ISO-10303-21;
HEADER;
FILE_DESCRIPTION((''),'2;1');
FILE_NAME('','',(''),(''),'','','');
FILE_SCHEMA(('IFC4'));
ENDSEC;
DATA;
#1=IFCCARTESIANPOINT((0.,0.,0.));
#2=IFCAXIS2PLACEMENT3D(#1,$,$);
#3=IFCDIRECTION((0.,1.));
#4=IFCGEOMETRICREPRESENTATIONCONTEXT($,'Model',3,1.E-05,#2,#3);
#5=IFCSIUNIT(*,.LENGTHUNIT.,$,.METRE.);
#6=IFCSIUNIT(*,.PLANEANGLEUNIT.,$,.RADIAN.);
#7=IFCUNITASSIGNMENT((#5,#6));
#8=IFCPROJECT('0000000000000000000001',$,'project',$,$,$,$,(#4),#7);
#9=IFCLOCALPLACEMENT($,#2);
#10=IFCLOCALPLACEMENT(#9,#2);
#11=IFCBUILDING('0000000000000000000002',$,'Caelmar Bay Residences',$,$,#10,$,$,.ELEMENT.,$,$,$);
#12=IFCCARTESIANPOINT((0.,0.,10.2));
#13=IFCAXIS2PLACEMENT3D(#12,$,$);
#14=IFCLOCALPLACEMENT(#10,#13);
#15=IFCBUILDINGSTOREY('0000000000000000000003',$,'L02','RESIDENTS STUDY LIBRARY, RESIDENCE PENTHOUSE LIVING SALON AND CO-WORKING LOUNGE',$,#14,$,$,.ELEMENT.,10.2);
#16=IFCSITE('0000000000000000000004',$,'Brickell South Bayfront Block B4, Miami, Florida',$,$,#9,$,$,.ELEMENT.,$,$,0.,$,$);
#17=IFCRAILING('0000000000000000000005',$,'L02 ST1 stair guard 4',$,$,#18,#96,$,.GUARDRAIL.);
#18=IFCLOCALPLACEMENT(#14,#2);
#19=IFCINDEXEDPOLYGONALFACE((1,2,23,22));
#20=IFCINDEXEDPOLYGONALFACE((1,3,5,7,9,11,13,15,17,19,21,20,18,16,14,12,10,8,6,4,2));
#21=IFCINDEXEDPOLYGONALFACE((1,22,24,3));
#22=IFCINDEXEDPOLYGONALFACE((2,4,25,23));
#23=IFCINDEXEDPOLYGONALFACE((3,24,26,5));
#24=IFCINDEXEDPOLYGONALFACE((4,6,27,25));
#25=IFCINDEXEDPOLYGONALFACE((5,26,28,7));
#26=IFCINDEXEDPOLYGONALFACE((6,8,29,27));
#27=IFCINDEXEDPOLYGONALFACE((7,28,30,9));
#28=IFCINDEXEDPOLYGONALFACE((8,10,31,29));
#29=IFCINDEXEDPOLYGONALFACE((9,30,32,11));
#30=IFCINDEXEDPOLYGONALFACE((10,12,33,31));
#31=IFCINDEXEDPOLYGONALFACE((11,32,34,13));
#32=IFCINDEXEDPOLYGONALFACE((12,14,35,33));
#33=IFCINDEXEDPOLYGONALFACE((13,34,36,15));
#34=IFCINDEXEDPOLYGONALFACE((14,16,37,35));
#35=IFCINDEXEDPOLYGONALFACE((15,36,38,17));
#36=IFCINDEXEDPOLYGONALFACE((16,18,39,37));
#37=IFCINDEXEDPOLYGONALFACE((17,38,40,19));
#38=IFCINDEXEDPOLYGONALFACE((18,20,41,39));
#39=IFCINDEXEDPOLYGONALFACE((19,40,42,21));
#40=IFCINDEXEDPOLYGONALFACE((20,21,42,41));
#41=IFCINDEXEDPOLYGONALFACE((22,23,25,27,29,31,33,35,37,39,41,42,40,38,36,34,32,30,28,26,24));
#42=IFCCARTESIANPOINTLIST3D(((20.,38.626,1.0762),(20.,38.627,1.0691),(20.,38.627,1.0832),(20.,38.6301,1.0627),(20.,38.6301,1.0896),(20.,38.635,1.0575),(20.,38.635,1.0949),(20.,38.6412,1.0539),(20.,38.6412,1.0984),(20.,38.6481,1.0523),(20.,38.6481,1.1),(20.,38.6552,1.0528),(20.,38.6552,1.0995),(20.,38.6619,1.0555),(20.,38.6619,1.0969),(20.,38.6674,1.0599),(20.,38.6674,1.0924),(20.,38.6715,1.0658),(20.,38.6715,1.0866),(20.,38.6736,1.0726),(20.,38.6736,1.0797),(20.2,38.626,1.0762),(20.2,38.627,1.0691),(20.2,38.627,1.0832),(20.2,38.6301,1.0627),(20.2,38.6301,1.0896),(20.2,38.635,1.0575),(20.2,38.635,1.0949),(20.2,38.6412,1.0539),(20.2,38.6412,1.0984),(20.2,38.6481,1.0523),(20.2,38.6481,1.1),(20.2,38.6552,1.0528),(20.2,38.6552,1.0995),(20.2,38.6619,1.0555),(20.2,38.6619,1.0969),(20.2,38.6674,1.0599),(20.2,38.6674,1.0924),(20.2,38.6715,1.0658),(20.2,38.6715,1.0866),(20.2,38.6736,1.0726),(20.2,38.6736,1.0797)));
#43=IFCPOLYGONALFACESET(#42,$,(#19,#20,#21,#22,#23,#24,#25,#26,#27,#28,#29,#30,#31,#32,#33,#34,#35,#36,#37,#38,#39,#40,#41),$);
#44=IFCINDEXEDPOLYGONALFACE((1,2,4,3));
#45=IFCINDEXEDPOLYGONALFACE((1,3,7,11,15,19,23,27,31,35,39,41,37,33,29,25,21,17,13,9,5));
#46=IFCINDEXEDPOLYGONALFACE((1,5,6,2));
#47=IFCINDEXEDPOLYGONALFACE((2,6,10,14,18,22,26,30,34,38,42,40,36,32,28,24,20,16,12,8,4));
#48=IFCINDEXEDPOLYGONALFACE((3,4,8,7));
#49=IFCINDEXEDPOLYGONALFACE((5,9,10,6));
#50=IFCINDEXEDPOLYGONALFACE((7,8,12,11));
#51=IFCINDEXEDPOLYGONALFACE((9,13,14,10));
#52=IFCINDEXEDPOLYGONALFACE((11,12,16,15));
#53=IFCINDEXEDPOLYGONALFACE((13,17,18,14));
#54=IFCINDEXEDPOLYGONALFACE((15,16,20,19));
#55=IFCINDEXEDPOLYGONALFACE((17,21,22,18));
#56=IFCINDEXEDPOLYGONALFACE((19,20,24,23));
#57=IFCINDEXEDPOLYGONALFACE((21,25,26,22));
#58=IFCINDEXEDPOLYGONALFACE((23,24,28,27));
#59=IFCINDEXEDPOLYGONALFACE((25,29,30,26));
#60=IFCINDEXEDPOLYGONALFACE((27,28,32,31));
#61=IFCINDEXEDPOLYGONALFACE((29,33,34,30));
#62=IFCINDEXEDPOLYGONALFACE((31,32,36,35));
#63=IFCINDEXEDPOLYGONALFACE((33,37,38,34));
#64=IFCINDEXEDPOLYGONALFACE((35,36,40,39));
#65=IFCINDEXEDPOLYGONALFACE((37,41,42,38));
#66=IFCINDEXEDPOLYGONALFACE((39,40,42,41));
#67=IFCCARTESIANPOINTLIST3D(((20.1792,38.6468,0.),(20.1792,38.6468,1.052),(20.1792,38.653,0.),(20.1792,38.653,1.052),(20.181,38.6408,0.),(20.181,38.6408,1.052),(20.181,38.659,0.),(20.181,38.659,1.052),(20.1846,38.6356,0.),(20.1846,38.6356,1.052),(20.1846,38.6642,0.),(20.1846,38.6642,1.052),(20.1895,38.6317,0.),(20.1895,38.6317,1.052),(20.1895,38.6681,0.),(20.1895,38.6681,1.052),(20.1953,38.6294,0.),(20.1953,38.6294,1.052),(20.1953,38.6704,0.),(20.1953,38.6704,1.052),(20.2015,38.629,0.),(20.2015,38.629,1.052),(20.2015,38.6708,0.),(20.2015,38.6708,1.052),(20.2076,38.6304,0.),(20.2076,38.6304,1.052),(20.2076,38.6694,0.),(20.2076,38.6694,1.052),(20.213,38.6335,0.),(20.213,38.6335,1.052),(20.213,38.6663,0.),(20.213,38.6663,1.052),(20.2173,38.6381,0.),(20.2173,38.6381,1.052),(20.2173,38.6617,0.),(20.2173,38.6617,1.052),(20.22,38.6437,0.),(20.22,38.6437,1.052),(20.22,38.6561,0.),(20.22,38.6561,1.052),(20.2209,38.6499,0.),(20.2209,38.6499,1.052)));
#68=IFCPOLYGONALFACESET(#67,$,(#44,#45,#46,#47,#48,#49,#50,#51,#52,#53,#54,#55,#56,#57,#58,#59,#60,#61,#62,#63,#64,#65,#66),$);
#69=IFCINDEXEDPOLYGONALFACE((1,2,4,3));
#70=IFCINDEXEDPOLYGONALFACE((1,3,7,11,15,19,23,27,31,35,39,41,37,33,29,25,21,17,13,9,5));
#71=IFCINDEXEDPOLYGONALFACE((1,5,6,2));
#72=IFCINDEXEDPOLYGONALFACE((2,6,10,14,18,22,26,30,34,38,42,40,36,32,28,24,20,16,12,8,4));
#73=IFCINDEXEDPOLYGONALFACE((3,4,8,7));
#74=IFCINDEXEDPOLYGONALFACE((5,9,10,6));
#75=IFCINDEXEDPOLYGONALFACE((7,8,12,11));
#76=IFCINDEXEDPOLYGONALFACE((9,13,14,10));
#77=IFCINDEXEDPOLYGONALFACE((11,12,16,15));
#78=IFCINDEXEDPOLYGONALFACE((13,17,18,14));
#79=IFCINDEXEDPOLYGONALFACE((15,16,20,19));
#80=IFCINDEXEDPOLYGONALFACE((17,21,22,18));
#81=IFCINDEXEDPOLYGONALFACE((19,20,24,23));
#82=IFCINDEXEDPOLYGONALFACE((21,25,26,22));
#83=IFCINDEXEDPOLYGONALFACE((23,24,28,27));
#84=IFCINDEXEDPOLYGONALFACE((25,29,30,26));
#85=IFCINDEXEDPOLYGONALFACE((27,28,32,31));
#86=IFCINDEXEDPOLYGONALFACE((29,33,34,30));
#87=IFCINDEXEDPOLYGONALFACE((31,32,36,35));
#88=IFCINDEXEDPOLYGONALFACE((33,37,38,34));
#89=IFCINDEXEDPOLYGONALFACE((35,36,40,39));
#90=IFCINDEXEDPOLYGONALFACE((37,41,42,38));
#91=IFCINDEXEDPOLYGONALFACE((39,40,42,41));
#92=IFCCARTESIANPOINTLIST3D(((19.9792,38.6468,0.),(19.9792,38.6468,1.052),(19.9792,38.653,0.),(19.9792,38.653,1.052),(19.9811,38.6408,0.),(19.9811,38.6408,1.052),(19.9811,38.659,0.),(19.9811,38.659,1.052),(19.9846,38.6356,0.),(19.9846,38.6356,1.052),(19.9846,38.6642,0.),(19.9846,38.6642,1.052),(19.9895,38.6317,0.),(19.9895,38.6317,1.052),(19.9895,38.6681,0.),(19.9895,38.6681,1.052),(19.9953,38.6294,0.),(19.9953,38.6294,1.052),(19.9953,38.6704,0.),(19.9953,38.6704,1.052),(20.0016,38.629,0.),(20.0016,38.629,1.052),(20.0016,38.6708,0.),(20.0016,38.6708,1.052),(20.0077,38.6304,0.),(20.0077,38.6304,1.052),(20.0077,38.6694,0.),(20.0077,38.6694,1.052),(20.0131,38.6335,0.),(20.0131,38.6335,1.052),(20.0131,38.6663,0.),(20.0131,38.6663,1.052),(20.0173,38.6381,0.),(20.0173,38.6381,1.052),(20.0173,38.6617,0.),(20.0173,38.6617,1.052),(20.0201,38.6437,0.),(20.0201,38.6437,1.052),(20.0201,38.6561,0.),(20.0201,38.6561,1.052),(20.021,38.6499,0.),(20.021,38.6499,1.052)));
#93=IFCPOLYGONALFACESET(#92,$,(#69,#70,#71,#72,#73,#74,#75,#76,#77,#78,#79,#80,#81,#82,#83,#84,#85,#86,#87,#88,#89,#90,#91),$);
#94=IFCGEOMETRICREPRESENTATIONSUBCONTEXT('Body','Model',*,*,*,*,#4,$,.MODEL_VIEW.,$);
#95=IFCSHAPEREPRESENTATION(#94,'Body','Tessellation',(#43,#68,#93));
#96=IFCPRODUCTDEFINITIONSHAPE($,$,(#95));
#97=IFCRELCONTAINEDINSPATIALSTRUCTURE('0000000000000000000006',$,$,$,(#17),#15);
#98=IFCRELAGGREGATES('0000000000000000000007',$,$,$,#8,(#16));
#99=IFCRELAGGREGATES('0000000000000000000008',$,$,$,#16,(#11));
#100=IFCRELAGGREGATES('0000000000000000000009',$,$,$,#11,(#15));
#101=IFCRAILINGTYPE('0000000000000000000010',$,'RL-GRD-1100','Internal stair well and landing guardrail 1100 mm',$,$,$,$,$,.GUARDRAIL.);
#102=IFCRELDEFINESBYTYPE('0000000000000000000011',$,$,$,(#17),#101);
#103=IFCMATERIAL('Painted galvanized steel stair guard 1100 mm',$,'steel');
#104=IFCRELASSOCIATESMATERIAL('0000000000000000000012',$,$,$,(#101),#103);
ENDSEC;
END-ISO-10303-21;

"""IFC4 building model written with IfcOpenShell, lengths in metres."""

from ifc_helpers import new_model, si_unit, direction, frame, origin, origin_2d, place, context, subcontext, project, spatial, circle, extrude, material, type_object, element, save


model = new_model("IFC4")

# Units and contexts
model_context = context("Model", 3, precision=1e-05, world=origin(), true_north=direction((0.0, 1.0)))
body_context = subcontext(model_context, "Body", "Model", "MODEL_VIEW")
ifc_project = project(units=[si_unit("LENGTHUNIT", "METRE"), si_unit("PLANEANGLEUNIT", "RADIAN")], contexts=[model_context])

# Site, building, storey
site_placement = place(None, origin())
site = spatial("IfcSite", under=ifc_project, at=site_placement, Name="Brickell South Bayfront Block B4, Miami, Florida", CompositionType="ELEMENT", RefElevation=0.0)
building_placement = place(site_placement, origin())
building = spatial("IfcBuilding", under=site, at=building_placement, Name="Caelmar Bay Residences", CompositionType="ELEMENT")
storey_placement = place(building_placement, frame((0.0, 0.0, 10.2)))
storey = spatial("IfcBuildingStorey", under=building, at=storey_placement, Name="L02", Description="RESIDENTS STUDY LIBRARY, RESIDENCE PENTHOUSE LIVING SALON AND CO-WORKING LOUNGE", CompositionType="ELEMENT", Elevation=10.2)

# Railing
ifc_material_1 = material(Name="Painted galvanized steel stair guard 1100 mm", Category="steel")
railing_type_1 = type_object("IfcRailingType", Name="RL-GRD-1100", Description="Internal stair well and landing guardrail 1100 mm", PredefinedType="GUARDRAIL", material=ifc_material_1)
railing_1_placement = place(storey_placement, frame((20.2, 38.6499, 0.0)))
element("IfcRailing", 1, at=railing_1_placement, inside=storey, type_object=railing_type_1, Name="L02 ST1 stair guard 4", PredefinedType="GUARDRAIL", context=body_context, shape_type="SweptSolid", body=[
    extrude(circle(Radius=0.0239, at=origin_2d()), frame((0.0, 0.0, 1.0762), z_axis=(-1.0, 0.0, 0.0), x_axis=(0.0, -1.0, 0.0)), (0.0, 0.0, 1.0), 0.2),
    extrude(circle(Radius=0.021, at=origin_2d()), origin(), (0.0, 0.0, 1.0), 1.052),
    extrude(circle(Radius=0.021, at=origin_2d()), frame((-0.2, 0.0, 0.0)), (0.0, 0.0, 1.0), 1.052),
])

save(model, "model.ifc")
